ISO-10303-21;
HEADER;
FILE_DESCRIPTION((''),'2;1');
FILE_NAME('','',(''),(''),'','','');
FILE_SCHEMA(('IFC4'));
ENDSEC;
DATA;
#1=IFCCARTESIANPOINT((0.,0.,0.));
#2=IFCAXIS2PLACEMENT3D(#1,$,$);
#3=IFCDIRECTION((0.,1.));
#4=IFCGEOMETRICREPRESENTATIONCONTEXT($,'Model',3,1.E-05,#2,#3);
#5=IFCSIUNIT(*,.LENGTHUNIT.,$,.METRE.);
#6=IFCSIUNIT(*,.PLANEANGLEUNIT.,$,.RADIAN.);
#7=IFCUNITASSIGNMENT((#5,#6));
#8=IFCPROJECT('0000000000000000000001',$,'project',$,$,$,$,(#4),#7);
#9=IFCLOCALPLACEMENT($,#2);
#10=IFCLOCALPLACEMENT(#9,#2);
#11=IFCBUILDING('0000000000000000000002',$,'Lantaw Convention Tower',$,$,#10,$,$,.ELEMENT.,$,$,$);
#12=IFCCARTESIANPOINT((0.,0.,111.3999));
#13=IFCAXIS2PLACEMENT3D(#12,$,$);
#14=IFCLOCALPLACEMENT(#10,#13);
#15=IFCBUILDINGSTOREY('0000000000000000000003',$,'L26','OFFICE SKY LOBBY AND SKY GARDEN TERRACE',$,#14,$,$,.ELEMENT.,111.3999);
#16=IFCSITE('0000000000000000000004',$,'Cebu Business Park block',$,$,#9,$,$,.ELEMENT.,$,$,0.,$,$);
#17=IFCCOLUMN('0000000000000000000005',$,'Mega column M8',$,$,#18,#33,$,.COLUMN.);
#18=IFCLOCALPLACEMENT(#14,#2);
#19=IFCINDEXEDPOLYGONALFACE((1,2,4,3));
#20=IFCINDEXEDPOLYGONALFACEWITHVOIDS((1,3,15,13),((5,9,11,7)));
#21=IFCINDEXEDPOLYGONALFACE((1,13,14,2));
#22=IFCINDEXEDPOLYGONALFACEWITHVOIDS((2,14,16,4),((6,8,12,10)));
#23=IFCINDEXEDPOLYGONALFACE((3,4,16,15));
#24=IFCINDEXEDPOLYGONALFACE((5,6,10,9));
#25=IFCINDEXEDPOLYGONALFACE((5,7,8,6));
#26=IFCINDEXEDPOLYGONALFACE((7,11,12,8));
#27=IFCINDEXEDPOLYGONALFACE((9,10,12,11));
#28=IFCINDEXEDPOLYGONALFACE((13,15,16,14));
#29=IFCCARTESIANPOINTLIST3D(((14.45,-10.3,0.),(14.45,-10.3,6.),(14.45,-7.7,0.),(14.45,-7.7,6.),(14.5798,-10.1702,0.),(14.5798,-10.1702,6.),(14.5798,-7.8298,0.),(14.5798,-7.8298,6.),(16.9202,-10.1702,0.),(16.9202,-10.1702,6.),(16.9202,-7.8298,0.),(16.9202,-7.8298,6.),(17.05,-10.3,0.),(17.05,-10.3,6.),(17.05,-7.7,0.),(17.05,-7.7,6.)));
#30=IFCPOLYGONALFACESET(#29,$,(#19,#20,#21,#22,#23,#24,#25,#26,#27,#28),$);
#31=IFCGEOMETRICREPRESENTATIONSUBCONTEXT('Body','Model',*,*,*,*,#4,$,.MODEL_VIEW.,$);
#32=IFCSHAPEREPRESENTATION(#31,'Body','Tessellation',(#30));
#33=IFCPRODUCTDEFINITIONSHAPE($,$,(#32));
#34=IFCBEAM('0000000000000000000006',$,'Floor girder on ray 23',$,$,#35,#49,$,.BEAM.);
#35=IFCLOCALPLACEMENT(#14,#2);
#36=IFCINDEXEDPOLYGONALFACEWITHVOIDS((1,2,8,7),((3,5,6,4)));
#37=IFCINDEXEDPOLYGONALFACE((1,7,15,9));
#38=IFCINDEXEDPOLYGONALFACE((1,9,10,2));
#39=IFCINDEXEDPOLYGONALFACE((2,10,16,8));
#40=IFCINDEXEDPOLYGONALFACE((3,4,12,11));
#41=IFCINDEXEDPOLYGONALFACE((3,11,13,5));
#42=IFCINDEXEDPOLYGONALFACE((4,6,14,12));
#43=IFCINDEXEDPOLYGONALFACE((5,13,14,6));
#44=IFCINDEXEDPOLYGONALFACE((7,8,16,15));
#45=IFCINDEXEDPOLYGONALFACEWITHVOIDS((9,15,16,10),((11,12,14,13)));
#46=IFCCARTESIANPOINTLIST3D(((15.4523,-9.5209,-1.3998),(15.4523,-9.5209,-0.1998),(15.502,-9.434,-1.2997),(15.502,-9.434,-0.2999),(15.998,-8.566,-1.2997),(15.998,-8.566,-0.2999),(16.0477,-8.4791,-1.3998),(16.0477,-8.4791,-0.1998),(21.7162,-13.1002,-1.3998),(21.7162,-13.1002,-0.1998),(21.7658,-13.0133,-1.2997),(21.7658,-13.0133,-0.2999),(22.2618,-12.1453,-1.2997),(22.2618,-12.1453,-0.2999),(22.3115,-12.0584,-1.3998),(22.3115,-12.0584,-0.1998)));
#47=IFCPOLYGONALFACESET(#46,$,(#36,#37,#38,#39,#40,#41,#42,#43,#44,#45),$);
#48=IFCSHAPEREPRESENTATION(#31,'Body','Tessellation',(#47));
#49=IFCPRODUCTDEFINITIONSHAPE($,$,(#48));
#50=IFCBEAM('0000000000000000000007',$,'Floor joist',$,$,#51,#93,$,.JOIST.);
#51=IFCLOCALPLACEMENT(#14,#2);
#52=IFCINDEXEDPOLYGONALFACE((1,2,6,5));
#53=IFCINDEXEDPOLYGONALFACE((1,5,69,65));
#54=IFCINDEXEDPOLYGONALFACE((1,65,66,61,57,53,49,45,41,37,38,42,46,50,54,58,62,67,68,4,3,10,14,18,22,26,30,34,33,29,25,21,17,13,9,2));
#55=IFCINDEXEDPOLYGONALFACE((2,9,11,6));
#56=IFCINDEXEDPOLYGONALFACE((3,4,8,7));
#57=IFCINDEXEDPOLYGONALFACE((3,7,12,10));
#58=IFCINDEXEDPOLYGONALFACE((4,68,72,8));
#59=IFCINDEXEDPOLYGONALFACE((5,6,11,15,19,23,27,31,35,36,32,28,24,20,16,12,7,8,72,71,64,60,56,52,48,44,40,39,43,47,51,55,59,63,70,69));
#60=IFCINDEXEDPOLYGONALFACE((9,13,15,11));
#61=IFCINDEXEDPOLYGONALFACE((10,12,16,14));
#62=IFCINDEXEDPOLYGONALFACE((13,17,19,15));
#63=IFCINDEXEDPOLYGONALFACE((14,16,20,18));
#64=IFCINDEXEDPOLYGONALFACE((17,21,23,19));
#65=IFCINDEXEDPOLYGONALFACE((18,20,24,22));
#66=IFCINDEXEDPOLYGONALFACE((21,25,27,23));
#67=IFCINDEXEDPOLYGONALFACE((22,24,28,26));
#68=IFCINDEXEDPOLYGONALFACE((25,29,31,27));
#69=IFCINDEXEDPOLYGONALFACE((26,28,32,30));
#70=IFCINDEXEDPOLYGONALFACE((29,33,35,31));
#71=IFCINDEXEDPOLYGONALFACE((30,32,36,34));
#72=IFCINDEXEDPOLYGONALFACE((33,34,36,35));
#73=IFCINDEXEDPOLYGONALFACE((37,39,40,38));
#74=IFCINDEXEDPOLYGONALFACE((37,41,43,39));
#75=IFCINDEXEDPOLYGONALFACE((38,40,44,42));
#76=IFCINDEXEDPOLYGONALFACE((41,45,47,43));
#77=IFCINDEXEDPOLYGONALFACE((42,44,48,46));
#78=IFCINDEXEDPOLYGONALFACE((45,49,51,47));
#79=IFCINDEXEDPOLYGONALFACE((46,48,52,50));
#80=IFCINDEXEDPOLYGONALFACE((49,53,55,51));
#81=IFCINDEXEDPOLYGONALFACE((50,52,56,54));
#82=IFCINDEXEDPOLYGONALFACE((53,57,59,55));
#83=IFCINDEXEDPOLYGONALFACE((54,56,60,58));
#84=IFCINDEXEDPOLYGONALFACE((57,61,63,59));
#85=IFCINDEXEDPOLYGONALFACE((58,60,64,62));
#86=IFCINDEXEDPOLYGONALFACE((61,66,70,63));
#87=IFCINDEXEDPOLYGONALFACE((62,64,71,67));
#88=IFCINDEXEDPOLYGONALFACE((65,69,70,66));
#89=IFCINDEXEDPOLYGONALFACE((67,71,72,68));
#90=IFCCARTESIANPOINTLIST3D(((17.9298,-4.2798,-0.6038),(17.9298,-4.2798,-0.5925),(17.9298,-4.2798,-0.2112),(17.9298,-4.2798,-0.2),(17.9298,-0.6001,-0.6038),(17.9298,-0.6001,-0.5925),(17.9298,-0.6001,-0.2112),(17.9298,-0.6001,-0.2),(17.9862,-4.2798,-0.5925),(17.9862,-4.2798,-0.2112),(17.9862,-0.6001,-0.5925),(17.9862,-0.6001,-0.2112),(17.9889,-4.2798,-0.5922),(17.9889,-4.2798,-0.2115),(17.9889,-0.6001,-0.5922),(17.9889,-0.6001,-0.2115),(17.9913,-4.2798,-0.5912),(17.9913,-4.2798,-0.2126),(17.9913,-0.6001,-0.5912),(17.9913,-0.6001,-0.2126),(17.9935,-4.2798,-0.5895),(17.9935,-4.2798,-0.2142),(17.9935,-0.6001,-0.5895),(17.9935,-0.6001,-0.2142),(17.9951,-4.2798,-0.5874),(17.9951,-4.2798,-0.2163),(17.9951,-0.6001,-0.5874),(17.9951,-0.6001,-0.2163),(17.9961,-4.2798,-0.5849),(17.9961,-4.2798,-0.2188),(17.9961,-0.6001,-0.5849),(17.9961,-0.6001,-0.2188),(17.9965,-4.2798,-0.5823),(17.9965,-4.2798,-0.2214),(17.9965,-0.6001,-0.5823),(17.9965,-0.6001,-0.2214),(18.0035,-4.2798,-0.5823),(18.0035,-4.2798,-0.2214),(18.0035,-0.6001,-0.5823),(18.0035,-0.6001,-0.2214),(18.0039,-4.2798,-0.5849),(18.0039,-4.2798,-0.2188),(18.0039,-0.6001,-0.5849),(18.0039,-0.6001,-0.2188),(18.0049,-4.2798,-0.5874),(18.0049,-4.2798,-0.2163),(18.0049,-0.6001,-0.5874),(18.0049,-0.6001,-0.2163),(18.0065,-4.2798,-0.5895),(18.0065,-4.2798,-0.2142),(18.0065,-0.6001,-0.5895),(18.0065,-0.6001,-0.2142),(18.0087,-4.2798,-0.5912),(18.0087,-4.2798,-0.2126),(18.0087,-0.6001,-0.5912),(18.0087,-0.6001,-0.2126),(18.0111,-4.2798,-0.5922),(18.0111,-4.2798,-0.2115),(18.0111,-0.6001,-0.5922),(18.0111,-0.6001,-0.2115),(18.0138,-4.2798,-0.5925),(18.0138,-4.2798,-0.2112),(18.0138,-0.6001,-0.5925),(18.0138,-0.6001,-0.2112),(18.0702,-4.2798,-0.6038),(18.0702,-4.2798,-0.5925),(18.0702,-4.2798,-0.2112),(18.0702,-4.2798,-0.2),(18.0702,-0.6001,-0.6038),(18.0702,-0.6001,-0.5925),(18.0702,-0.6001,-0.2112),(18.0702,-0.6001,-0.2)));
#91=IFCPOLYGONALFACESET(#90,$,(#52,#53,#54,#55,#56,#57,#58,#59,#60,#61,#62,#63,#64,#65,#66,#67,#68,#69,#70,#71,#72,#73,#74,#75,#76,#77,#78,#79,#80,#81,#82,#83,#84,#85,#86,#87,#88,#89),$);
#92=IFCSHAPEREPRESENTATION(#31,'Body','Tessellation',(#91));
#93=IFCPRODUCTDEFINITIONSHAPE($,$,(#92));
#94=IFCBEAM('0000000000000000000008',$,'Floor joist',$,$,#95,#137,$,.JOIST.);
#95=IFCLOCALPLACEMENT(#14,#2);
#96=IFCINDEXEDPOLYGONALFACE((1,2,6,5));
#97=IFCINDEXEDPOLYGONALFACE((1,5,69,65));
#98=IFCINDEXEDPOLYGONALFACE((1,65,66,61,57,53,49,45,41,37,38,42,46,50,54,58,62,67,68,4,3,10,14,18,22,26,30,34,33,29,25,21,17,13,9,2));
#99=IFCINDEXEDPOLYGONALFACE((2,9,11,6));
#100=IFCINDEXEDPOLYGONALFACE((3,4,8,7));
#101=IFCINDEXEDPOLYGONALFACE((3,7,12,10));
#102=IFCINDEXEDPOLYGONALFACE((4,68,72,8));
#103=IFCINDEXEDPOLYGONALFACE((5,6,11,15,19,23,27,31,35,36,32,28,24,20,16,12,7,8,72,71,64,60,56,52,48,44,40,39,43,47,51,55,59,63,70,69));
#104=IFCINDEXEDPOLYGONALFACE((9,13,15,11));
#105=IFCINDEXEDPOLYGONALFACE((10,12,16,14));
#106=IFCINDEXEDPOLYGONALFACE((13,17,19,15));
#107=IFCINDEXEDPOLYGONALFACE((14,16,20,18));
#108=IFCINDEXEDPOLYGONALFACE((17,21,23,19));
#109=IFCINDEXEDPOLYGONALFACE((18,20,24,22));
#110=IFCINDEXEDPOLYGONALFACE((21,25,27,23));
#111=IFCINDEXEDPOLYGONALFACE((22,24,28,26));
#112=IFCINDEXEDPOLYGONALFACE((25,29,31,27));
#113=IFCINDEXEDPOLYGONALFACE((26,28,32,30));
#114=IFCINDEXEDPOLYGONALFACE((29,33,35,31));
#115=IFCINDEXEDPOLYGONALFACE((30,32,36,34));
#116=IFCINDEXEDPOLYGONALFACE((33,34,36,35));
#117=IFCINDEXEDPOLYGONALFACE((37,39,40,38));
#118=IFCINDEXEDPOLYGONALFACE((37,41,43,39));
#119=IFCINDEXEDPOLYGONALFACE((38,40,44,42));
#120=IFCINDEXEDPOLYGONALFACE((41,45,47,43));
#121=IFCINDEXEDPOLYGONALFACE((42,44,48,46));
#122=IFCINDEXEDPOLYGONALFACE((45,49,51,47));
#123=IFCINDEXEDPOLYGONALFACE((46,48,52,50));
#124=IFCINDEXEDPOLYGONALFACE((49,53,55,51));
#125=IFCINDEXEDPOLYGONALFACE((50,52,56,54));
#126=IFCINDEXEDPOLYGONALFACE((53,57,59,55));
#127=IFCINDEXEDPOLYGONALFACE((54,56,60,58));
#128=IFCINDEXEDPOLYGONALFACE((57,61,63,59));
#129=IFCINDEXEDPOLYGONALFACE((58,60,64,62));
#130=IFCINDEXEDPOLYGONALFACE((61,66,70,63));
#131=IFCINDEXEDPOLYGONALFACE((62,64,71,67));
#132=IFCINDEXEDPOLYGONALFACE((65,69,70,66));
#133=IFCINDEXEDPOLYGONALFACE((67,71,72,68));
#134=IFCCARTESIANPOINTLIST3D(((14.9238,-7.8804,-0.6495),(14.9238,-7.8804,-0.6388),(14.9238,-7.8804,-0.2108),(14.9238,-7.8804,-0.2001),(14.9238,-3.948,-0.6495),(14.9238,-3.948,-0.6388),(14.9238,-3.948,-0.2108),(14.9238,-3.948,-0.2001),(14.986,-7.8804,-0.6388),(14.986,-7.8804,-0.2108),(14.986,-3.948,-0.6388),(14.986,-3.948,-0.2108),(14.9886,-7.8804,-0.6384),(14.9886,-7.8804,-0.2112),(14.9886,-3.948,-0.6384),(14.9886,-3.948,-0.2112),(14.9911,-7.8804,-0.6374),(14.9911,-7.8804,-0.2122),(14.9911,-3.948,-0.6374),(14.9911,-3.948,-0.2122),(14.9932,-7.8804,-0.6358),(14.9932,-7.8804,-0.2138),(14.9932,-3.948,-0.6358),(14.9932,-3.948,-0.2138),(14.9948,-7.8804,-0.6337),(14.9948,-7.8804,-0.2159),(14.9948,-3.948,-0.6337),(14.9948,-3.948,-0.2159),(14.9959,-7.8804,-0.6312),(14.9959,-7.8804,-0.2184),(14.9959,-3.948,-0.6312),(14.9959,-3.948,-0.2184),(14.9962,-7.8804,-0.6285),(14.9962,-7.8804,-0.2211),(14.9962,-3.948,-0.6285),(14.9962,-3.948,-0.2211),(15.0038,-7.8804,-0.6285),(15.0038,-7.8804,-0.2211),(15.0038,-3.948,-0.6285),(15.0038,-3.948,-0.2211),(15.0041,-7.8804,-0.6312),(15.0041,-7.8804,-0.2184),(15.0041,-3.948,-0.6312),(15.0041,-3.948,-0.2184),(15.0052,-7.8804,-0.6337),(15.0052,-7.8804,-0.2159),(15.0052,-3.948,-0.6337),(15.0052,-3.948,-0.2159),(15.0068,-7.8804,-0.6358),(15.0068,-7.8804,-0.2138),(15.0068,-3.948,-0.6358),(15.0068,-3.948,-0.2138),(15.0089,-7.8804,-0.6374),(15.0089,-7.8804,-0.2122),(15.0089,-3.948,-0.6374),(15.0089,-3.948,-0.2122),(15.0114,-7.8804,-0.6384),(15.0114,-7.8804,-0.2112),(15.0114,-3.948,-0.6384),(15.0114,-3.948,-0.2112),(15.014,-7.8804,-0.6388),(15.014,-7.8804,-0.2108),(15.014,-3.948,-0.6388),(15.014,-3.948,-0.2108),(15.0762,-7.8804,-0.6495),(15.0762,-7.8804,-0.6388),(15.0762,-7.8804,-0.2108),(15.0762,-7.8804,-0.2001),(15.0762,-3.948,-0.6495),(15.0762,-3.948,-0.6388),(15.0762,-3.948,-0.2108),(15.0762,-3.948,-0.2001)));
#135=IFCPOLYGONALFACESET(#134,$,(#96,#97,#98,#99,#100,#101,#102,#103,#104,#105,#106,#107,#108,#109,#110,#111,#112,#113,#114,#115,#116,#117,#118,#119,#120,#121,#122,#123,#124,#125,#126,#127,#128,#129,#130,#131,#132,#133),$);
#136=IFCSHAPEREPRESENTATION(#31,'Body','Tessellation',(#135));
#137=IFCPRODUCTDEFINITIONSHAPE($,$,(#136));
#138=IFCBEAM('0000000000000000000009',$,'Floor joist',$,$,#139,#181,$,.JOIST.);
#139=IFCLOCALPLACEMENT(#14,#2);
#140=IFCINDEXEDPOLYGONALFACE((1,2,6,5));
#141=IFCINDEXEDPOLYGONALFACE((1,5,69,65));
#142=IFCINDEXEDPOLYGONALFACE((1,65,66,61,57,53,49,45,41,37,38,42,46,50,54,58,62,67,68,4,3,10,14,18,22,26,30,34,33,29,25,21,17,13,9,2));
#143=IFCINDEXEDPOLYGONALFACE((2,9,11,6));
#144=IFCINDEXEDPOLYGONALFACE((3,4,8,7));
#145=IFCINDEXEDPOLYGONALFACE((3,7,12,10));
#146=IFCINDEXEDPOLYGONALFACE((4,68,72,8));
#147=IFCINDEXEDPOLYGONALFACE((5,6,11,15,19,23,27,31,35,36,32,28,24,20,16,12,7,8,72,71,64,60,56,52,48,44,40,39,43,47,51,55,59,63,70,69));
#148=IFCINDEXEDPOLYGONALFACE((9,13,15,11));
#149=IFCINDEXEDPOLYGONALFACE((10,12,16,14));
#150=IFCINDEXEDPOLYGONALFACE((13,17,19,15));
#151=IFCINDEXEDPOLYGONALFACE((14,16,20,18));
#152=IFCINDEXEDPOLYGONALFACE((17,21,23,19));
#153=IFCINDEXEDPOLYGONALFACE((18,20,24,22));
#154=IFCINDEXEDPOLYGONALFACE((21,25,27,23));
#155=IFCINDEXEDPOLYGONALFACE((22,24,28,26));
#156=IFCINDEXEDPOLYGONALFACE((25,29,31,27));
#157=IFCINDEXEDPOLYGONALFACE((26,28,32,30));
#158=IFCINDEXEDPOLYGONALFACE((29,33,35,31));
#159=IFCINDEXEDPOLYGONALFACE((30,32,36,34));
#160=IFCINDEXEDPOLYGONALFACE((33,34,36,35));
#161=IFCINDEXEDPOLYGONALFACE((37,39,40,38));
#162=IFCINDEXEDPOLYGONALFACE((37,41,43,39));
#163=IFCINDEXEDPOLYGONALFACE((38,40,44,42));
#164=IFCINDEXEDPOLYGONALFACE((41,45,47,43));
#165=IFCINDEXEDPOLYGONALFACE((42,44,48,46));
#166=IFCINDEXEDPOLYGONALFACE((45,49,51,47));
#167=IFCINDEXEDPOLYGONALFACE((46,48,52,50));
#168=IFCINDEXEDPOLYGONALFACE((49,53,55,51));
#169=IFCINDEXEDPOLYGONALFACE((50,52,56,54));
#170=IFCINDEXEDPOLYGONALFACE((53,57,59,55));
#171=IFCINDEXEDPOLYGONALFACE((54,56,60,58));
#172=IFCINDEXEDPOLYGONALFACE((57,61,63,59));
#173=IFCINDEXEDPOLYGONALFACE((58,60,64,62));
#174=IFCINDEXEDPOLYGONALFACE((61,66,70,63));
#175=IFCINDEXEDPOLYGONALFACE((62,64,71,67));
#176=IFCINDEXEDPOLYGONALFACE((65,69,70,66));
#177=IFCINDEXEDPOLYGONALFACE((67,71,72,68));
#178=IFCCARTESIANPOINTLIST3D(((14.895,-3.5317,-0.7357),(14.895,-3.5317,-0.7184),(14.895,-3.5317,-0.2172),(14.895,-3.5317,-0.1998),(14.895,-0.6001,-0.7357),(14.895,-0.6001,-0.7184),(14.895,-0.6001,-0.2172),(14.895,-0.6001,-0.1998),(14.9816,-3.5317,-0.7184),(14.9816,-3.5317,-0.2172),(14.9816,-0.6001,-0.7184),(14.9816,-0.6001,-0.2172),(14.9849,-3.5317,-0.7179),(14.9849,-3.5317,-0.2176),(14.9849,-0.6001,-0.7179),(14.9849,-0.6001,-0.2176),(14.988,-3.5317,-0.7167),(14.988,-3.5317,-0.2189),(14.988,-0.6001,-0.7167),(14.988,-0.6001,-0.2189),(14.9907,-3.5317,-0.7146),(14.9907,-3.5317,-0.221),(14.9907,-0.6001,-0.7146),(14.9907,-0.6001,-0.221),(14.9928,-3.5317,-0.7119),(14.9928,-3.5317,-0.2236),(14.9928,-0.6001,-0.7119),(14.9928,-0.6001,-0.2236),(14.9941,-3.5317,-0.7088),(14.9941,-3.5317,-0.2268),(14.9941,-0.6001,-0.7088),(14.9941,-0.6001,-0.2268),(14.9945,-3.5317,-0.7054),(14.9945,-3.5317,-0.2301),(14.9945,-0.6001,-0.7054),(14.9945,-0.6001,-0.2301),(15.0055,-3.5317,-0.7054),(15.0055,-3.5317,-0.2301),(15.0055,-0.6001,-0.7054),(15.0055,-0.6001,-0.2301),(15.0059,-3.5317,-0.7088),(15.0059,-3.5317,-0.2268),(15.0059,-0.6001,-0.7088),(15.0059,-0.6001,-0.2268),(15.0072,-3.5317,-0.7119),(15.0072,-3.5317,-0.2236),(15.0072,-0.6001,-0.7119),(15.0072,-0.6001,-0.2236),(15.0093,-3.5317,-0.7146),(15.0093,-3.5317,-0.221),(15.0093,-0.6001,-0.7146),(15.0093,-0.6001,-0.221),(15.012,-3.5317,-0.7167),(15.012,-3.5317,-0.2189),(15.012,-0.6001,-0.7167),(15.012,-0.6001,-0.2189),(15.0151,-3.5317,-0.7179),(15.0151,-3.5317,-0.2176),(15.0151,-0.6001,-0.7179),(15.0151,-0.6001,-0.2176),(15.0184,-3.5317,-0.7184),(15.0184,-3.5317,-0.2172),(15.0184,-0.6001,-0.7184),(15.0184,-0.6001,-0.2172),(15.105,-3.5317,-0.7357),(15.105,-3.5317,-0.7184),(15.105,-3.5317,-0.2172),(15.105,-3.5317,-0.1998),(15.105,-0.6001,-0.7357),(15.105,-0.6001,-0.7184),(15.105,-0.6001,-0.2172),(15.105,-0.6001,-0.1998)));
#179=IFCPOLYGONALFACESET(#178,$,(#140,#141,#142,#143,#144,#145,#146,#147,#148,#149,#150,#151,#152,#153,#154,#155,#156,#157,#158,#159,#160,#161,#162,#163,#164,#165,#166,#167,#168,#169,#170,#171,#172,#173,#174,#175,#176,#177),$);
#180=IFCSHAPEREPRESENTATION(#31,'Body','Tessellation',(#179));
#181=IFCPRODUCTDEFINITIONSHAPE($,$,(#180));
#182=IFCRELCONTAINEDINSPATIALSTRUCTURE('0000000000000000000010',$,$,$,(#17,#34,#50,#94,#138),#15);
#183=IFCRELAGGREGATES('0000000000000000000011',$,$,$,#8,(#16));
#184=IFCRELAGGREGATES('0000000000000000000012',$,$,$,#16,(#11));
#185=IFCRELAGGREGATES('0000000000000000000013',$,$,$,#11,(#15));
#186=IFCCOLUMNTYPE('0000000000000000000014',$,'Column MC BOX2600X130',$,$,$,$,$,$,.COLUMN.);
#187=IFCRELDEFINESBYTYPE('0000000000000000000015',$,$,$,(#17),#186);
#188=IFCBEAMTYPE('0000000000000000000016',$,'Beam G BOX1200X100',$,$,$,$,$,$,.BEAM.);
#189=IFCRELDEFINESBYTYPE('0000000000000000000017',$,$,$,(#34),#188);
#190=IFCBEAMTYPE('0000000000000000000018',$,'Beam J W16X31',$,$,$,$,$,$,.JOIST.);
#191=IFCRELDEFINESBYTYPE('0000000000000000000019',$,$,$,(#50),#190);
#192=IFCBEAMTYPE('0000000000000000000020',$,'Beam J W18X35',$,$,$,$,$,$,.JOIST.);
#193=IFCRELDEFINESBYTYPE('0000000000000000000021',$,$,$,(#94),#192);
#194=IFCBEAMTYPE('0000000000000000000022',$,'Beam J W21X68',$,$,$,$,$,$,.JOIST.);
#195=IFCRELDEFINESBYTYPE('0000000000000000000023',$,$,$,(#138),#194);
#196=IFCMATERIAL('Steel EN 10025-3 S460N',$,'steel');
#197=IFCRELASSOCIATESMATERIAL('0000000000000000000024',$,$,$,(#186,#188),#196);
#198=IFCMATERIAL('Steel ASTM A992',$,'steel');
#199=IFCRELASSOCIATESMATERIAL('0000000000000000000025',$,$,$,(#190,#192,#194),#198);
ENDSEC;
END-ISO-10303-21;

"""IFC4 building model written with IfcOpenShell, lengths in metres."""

from ifc_helpers import new_model, si_unit, direction, frame, origin, origin_2d, place, context, subcontext, project, spatial, rectangle, hollow_rectangle, i_section, extrude, material, material_profile, profile_set, type_object, element, save


model = new_model("IFC4")

# Units and contexts
model_context = context("Model", 3, precision=1e-05, world=origin(), true_north=direction((0.0, 1.0)))
body_context = subcontext(model_context, "Body", "Model", "MODEL_VIEW")
ifc_project = project(units=[si_unit("LENGTHUNIT", "METRE"), si_unit("PLANEANGLEUNIT", "RADIAN")], contexts=[model_context])

# Site, building, storey
site_placement = place(None, origin())
site = spatial("IfcSite", under=ifc_project, at=site_placement, Name="Cebu Business Park block", CompositionType="ELEMENT", RefElevation=0.0)
building_placement = place(site_placement, origin())
building = spatial("IfcBuilding", under=site, at=building_placement, Name="Lantaw Convention Tower", CompositionType="ELEMENT")
storey_placement = place(building_placement, frame((0.0, 0.0, 111.3999)))
storey = spatial("IfcBuildingStorey", under=building, at=storey_placement, Name="L26", Description="OFFICE SKY LOBBY AND SKY GARDEN TERRACE", CompositionType="ELEMENT", Elevation=111.3999)

# Column
ifc_material_1 = material(Name="Steel EN 10025-3 S460N", Category="steel")
ifc_material_profile_1 = material_profile(ifc_material_1, hollow_rectangle(XDim=2.6001, YDim=2.6001, WallThickness=0.1299, at=origin_2d()), Name="BOX2600X130")
ifc_material_2 = material(Name="Concrete C60/75", Category="concrete")
ifc_material_profile_2 = material_profile(ifc_material_2, rectangle(XDim=2.3401, YDim=2.3401, at=origin_2d()), Name="Concrete fill of BOX2600X130")
ifc_profile_set_1 = profile_set([ifc_material_profile_1, ifc_material_profile_2], Name="Steel EN 10025-3 S460N")
column_type = type_object("IfcColumnType", Name="Column MC BOX2600X130", PredefinedType="COLUMN", material=ifc_profile_set_1)
column_placement = place(storey_placement, frame((15.75, -9.0, 0.0), z_axis=(0.0, 0.0, 1.0), x_axis=(1.0, 0.0, 0.0)))
element("IfcColumn", 1, at=column_placement, inside=storey, type_object=column_type, Name="Mega column M8", PredefinedType="COLUMN", context=body_context, shape_type="SweptSolid", body=[
    extrude(hollow_rectangle(XDim=2.6001, YDim=2.6001, WallThickness=0.1299, at=origin_2d()), origin(), (0.0, 0.0, 1.0), 6.0),
])

# Beams
ifc_material_profile_3 = material_profile(ifc_material_1, hollow_rectangle(XDim=1.2, YDim=1.2, WallThickness=0.1001, at=origin_2d()), Name="BOX1200X100")
ifc_profile_set_2 = profile_set([ifc_material_profile_3], Name="Steel EN 10025-3 S460N")
beam_type_1 = type_object("IfcBeamType", Name="Beam G BOX1200X100", PredefinedType="BEAM", material=ifc_profile_set_2)
beam_1_placement = place(storey_placement, frame((15.75, -9.0, -0.7998), z_axis=(0.868245, -0.496135, 0.0), x_axis=(0.496135, 0.868245, 0.0)))
element("IfcBeam", 2, at=beam_1_placement, inside=storey, type_object=beam_type_1, Name="Floor girder on ray 23", PredefinedType="BEAM", context=body_context, shape_type="SweptSolid", body=[
    extrude(hollow_rectangle(XDim=1.2, YDim=1.2, WallThickness=0.1001, at=origin_2d()), origin(), (0.0, 0.0, 1.0), 7.2144),
])
ifc_material_3 = material(Name="Steel ASTM A992", Category="steel")
ifc_material_profile_4 = material_profile(ifc_material_3, i_section(OverallWidth=0.1404, OverallDepth=0.4038, WebThickness=0.0071, FlangeThickness=0.0112, FilletRadius=0.0103, at=origin_2d()), Name="W16X31")
ifc_profile_set_3 = profile_set([ifc_material_profile_4], Name="Steel ASTM A992")
beam_type_2 = type_object("IfcBeamType", Name="Beam J W16X31", PredefinedType="JOIST", material=ifc_profile_set_3)
beam_2_placement = place(storey_placement, frame((18.0, -4.2798, -0.4019), z_axis=(0.0, 1.0, 0.0), x_axis=(-1.0, 0.0, 0.0)))
element("IfcBeam", 3, at=beam_2_placement, inside=storey, type_object=beam_type_2, Name="Floor joist", PredefinedType="JOIST", context=body_context, shape_type="SweptSolid", body=[
    extrude(i_section(OverallWidth=0.1404, OverallDepth=0.4038, WebThickness=0.0071, FlangeThickness=0.0112, FilletRadius=0.0103, at=origin_2d()), origin(), (0.0, 0.0, 1.0), 3.6797),
])
ifc_material_profile_5 = material_profile(ifc_material_3, i_section(OverallWidth=0.1523, OverallDepth=0.4495, WebThickness=0.0076, FlangeThickness=0.0107, FilletRadius=0.0103, at=origin_2d()), Name="W18X35")
ifc_profile_set_4 = profile_set([ifc_material_profile_5], Name="Steel ASTM A992")
beam_type_3 = type_object("IfcBeamType", Name="Beam J W18X35", PredefinedType="JOIST", material=ifc_profile_set_4)
beam_3_placement = place(storey_placement, frame((15.0, -7.8804, -0.4248), z_axis=(0.0, 1.0, 0.0), x_axis=(-1.0, 0.0, 0.0)))
element("IfcBeam", 4, at=beam_3_placement, inside=storey, type_object=beam_type_3, Name="Floor joist", PredefinedType="JOIST", context=body_context, shape_type="SweptSolid", body=[
    extrude(i_section(OverallWidth=0.1523, OverallDepth=0.4495, WebThickness=0.0076, FlangeThickness=0.0107, FilletRadius=0.0103, at=origin_2d()), origin(), (0.0, 0.0, 1.0), 3.9324),
])
ifc_material_profile_6 = material_profile(ifc_material_3, i_section(OverallWidth=0.21, OverallDepth=0.5359, WebThickness=0.011, FlangeThickness=0.0173, FilletRadius=0.0129, at=origin_2d()), Name="W21X68")
ifc_profile_set_5 = profile_set([ifc_material_profile_6], Name="Steel ASTM A992")
beam_type_4 = type_object("IfcBeamType", Name="Beam J W21X68", PredefinedType="JOIST", material=ifc_profile_set_5)
beam_4_placement = place(storey_placement, frame((15.0, -3.5317, -0.4678), z_axis=(0.0, 1.0, 0.0), x_axis=(-1.0, 0.0, 0.0)))
element("IfcBeam", 5, at=beam_4_placement, inside=storey, type_object=beam_type_4, Name="Floor joist", PredefinedType="JOIST", context=body_context, shape_type="SweptSolid", body=[
    extrude(i_section(OverallWidth=0.21, OverallDepth=0.5359, WebThickness=0.011, FlangeThickness=0.0173, FilletRadius=0.0129, at=origin_2d()), origin(), (0.0, 0.0, 1.0), 2.9316),
])

save(model, "model.ifc")
